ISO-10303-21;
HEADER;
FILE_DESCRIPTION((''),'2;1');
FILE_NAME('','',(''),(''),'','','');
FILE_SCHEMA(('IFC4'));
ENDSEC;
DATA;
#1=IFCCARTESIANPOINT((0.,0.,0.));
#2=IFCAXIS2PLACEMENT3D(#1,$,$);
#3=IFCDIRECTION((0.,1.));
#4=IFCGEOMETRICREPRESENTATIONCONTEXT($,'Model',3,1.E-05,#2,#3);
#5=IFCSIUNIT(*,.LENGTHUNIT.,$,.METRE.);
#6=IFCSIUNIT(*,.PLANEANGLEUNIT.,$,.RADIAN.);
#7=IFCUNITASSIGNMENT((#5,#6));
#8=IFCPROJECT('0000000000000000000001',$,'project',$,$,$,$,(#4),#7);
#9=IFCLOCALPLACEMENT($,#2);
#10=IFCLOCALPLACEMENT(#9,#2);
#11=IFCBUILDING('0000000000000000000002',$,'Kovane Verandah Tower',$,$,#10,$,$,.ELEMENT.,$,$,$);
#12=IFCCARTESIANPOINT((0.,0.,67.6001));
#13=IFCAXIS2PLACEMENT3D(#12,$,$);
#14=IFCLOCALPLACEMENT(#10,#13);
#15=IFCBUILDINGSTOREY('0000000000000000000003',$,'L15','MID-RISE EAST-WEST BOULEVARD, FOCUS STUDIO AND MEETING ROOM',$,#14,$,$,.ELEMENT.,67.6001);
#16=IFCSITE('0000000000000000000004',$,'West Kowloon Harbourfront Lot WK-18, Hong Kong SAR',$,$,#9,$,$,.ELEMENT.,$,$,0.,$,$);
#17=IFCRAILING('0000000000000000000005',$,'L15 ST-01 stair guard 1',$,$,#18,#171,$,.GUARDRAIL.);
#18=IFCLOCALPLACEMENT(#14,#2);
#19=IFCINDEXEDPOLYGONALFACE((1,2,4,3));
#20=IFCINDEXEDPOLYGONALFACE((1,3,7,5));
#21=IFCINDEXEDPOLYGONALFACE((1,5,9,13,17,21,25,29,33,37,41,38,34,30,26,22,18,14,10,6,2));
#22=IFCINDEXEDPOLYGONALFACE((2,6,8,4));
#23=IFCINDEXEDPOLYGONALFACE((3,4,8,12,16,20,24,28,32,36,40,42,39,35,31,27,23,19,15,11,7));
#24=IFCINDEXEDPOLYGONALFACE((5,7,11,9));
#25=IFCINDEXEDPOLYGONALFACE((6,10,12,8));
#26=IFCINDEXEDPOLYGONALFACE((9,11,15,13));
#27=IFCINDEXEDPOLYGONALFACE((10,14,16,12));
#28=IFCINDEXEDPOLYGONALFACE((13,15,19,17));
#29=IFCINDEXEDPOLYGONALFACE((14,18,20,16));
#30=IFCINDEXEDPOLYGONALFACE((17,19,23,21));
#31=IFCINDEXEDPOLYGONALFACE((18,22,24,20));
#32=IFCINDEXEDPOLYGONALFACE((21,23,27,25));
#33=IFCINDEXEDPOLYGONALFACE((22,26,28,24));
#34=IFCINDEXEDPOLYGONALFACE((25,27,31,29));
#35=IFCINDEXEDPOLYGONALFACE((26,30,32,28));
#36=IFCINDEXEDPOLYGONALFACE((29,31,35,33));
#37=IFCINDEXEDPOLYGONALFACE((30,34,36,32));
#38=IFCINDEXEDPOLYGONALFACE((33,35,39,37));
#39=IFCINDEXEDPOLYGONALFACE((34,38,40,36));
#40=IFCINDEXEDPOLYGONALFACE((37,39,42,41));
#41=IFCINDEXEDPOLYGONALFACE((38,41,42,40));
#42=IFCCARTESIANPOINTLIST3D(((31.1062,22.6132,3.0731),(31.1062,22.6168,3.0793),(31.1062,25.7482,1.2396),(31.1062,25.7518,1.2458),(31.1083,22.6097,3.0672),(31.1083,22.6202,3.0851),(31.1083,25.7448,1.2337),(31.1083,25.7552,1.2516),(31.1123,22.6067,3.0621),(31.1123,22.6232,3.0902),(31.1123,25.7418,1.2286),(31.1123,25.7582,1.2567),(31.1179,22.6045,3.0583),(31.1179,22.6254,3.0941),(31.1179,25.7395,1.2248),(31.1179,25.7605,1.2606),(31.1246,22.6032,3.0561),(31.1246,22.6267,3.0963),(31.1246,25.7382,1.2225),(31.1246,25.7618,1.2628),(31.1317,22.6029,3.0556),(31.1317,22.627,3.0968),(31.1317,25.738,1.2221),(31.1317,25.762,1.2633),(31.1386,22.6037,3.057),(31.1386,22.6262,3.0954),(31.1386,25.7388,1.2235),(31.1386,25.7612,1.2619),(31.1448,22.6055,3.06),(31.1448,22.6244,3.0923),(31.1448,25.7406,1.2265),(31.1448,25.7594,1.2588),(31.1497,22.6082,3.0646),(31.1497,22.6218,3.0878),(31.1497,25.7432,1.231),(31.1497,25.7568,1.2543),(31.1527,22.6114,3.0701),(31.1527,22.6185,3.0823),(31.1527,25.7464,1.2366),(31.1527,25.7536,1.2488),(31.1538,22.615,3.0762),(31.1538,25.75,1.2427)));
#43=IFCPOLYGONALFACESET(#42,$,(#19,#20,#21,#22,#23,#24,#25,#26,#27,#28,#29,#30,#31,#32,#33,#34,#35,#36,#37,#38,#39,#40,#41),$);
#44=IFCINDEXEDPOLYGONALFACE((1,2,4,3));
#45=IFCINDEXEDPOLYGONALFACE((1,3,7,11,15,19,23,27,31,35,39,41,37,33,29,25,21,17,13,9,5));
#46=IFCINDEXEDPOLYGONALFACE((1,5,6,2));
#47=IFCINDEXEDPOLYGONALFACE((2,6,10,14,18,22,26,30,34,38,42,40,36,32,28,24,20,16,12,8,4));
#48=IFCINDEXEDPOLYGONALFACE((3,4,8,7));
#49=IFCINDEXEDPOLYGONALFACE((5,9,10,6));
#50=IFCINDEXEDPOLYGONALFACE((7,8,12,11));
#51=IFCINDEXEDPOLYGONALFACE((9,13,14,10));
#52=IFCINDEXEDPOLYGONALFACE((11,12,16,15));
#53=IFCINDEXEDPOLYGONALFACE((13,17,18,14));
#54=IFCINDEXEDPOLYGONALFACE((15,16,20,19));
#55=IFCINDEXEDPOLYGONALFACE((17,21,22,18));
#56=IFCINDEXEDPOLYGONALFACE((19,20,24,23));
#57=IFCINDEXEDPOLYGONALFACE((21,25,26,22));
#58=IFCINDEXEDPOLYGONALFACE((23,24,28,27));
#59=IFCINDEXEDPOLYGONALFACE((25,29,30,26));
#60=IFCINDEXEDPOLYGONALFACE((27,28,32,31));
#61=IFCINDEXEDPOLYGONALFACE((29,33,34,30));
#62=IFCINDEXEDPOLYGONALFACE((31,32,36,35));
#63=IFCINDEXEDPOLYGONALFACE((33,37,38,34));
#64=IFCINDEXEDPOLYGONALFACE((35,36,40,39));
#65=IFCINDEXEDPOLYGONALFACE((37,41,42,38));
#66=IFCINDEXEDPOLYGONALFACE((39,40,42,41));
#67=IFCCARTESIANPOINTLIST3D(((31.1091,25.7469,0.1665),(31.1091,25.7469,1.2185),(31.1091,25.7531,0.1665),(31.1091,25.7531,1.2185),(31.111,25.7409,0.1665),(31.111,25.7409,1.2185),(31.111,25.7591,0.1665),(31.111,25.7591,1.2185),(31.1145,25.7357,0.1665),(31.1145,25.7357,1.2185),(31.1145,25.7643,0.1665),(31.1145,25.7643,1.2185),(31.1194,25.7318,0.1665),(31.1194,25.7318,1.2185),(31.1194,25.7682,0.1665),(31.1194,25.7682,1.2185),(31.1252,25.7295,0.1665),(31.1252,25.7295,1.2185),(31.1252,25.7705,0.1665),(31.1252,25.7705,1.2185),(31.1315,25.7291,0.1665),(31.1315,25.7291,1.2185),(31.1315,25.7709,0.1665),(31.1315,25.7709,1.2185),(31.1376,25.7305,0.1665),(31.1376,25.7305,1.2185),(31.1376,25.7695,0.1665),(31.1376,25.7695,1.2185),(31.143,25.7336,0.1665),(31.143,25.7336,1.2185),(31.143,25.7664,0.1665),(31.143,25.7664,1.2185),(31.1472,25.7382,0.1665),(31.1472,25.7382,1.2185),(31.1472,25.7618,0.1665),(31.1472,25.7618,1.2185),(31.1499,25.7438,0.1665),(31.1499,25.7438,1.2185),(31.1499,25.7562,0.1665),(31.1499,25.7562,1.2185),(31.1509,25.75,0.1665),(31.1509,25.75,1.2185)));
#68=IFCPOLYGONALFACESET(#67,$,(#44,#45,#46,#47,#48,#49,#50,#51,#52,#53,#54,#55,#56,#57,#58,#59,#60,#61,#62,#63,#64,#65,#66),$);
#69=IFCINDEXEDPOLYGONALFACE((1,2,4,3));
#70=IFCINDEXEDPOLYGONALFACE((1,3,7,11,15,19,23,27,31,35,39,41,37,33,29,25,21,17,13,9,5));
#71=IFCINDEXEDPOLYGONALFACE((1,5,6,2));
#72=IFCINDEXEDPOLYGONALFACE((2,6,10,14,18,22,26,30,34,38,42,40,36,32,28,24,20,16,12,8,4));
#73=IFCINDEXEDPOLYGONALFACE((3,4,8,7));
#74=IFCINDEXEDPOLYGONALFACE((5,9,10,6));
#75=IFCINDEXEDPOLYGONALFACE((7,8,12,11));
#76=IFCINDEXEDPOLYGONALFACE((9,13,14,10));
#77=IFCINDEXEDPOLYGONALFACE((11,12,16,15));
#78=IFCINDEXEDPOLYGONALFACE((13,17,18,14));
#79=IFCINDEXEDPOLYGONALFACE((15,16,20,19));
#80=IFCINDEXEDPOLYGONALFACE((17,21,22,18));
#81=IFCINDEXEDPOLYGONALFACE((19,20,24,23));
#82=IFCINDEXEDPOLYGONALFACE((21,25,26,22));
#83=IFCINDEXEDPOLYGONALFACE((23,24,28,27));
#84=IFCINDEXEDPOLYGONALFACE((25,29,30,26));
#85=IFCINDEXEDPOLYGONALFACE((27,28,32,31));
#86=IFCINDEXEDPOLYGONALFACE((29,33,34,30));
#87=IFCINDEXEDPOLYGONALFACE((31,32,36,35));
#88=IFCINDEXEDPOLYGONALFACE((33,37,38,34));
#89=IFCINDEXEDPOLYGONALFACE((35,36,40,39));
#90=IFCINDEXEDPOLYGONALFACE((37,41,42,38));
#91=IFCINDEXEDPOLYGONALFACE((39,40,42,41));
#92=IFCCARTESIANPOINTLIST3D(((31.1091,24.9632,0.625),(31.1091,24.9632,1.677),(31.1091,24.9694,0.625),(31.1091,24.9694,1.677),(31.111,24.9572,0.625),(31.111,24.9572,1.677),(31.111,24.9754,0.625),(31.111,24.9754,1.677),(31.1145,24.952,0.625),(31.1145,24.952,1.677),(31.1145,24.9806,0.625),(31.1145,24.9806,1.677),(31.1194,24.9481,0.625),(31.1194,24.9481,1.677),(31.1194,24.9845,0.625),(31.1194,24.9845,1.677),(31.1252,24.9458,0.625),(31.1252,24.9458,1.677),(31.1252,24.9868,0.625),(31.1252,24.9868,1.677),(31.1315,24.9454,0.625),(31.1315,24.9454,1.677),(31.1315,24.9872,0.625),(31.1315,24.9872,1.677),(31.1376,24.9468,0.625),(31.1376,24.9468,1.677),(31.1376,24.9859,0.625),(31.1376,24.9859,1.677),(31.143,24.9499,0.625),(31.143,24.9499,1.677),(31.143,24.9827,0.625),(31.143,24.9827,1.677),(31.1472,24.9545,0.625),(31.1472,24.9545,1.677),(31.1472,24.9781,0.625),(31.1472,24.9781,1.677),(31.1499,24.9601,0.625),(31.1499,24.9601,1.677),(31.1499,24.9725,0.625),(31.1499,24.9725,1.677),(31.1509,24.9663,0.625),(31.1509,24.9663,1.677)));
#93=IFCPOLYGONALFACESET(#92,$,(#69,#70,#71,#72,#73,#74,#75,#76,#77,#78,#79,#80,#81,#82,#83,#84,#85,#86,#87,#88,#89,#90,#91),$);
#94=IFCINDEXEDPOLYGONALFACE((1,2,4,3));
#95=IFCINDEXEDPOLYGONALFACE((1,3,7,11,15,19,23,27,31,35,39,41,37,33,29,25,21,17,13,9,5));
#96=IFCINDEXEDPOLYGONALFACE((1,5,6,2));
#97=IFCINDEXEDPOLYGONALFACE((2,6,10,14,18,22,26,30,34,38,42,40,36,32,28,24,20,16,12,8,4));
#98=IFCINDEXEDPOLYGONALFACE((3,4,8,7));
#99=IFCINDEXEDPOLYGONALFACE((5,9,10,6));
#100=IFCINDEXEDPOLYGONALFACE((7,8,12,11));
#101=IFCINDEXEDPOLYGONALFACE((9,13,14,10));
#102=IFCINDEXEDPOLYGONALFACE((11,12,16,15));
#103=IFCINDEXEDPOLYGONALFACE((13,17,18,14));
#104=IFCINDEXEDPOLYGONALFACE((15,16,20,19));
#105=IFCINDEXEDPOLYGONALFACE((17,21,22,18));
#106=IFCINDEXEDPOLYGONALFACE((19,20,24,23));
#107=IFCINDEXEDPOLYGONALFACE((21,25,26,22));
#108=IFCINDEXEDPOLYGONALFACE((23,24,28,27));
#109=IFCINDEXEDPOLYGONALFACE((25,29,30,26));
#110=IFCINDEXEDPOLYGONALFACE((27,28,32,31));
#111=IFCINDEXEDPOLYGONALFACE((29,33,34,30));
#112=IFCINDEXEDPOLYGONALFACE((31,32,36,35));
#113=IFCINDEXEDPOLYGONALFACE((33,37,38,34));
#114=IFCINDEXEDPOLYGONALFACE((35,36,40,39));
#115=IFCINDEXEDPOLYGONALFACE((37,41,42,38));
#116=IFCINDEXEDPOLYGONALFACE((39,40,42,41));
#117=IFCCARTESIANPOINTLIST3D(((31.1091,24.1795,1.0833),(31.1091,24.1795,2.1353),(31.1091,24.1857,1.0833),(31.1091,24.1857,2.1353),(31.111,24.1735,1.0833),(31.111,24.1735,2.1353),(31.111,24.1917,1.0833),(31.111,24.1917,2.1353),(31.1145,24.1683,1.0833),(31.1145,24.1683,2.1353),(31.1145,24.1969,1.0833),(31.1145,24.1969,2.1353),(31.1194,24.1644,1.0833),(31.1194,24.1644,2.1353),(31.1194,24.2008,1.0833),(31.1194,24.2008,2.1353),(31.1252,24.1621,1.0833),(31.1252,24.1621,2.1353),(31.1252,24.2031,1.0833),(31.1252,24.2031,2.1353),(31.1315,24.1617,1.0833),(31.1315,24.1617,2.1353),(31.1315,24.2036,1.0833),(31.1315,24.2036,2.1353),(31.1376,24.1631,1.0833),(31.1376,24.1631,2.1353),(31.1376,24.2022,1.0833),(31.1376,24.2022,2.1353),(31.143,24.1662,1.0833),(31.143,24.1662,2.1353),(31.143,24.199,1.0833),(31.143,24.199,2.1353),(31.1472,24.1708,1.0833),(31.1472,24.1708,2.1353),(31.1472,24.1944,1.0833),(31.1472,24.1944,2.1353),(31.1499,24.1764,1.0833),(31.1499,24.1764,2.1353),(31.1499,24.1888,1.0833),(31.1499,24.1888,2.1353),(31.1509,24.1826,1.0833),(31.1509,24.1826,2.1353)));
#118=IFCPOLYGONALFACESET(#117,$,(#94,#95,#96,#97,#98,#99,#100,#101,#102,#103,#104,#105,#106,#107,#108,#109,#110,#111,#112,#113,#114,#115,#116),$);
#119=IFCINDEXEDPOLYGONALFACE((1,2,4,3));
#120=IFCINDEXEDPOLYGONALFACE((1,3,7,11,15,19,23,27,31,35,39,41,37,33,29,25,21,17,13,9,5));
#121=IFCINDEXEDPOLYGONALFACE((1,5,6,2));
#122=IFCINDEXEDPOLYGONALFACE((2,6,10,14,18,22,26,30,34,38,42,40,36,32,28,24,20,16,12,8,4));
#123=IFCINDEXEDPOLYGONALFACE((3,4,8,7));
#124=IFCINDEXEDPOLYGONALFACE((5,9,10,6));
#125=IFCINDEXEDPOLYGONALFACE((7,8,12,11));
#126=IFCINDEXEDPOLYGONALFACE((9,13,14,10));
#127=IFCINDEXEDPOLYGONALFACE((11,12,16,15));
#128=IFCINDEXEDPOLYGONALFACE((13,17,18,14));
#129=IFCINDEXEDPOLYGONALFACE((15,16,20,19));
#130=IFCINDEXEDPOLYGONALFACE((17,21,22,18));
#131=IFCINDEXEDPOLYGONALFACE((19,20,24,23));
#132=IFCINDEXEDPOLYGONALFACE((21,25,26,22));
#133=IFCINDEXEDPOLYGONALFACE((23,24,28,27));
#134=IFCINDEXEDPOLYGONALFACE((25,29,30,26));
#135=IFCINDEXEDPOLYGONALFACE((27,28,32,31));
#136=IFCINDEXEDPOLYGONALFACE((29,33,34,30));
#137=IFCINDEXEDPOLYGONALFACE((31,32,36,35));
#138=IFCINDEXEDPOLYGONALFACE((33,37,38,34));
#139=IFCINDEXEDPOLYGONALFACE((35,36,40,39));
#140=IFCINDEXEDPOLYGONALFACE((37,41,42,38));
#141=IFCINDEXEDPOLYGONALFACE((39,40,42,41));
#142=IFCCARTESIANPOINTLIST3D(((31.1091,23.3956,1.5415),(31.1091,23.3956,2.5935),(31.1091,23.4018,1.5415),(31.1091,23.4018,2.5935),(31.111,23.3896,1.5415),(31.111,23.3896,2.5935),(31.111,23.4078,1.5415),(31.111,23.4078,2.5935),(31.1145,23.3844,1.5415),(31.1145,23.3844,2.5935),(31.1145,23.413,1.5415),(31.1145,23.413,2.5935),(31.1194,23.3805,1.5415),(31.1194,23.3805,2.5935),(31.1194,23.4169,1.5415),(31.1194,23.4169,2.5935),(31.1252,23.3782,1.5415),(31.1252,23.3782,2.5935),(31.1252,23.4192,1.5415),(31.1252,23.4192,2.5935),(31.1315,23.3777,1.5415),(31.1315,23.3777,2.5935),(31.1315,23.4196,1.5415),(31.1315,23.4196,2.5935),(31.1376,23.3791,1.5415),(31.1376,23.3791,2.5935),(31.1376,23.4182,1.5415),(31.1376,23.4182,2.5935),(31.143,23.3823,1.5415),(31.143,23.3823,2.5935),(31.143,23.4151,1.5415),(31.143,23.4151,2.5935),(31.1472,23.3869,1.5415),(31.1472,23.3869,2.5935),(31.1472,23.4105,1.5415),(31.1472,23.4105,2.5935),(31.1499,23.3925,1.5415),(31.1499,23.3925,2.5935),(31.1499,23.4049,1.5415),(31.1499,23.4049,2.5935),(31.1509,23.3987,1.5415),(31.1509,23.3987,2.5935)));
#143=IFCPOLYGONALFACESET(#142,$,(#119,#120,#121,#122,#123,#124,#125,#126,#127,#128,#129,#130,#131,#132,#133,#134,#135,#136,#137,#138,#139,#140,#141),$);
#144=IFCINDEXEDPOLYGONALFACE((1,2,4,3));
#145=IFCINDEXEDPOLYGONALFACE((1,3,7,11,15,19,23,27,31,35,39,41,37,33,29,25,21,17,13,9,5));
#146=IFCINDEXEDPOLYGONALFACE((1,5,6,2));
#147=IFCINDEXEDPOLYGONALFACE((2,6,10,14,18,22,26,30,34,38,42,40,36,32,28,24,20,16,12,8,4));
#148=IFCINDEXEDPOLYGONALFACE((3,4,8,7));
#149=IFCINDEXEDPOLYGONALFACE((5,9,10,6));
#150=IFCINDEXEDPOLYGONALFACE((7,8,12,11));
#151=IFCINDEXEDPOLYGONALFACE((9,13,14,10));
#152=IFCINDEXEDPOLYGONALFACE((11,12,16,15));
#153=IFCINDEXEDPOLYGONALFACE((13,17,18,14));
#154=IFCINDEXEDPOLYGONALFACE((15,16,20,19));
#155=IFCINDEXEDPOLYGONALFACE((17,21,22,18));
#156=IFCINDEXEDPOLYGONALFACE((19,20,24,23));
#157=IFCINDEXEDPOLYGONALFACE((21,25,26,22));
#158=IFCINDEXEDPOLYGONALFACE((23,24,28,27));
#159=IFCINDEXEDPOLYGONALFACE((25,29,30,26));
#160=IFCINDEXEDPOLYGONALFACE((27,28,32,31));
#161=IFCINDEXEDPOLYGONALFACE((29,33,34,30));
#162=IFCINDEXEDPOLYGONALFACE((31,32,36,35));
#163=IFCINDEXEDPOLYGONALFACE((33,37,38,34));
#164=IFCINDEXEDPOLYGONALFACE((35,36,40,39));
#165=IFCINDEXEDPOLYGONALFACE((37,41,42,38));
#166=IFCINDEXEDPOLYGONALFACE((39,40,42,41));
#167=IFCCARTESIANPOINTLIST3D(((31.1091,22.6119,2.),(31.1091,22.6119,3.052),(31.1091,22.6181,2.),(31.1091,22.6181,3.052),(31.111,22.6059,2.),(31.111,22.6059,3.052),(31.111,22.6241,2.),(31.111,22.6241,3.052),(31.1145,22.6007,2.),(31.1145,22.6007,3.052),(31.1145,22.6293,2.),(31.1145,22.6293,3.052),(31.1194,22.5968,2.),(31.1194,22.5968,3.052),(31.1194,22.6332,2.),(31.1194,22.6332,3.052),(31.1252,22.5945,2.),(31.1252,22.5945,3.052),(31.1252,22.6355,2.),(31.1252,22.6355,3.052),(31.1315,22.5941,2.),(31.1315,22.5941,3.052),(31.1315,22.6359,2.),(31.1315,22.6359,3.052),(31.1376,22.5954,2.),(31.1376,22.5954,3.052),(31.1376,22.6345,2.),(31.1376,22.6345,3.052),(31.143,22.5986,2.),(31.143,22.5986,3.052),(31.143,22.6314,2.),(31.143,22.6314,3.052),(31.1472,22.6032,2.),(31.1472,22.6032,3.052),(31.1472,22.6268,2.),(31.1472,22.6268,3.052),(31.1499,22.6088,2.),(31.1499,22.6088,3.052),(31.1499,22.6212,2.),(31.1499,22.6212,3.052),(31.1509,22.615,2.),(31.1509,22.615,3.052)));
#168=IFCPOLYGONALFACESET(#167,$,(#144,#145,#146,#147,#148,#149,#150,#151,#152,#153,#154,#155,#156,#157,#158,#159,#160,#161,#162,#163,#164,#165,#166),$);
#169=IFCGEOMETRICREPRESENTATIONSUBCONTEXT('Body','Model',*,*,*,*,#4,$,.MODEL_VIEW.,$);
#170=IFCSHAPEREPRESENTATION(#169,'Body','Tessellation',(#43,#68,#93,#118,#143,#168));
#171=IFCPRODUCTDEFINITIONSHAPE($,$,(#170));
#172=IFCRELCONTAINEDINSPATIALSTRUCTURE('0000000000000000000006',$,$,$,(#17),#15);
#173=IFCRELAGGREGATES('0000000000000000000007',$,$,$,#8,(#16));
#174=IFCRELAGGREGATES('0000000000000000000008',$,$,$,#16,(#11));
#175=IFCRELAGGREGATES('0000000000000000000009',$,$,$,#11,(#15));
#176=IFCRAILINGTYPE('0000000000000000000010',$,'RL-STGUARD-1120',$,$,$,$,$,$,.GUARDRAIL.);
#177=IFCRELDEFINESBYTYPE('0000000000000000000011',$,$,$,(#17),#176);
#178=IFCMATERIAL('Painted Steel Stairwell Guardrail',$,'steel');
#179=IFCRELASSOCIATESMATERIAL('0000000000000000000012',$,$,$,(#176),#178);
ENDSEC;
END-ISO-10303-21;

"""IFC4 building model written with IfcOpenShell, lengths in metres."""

from ifc_helpers import new_model, si_unit, direction, frame, origin, origin_2d, place, context, subcontext, project, spatial, circle, extrude, material, type_object, element, save


model = new_model("IFC4")

# Units and contexts
model_context = context("Model", 3, precision=1e-05, world=origin(), true_north=direction((0.0, 1.0)))
body_context = subcontext(model_context, "Body", "Model", "MODEL_VIEW")
ifc_project = project(units=[si_unit("LENGTHUNIT", "METRE"), si_unit("PLANEANGLEUNIT", "RADIAN")], contexts=[model_context])

# Site, building, storey
site_placement = place(None, origin())
site = spatial("IfcSite", under=ifc_project, at=site_placement, Name="West Kowloon Harbourfront Lot WK-18, Hong Kong SAR", CompositionType="ELEMENT", RefElevation=0.0)
building_placement = place(site_placement, origin())
building = spatial("IfcBuilding", under=site, at=building_placement, Name="Kovane Verandah Tower", CompositionType="ELEMENT")
storey_placement = place(building_placement, frame((0.0, 0.0, 67.6001)))
storey = spatial("IfcBuildingStorey", under=building, at=storey_placement, Name="L15", Description="MID-RISE EAST-WEST BOULEVARD, FOCUS STUDIO AND MEETING ROOM", CompositionType="ELEMENT", Elevation=67.6001)

# Railing
ifc_material_1 = material(Name="Painted Steel Stairwell Guardrail", Category="steel")
railing_type_1 = type_object("IfcRailingType", Name="RL-STGUARD-1120", PredefinedType="GUARDRAIL", material=ifc_material_1)
railing_1_placement = place(storey_placement, frame((31.1299, 25.75, 0.1665)))
element("IfcRailing", 1, at=railing_1_placement, inside=storey, type_object=railing_type_1, Name="L15 ST-01 stair guard 1", PredefinedType="GUARDRAIL", context=body_context, shape_type="SweptSolid", body=[
    extrude(circle(Radius=0.0239, at=origin_2d()), frame((0.0, 0.0, 1.0762), z_axis=(0.0, -0.86321, 0.504845), x_axis=(1.0, 0.0, 0.0)), (0.0, 0.0, 1.0), 3.6318),
    extrude(circle(Radius=0.021, at=origin_2d()), origin(), (0.0, 0.0, 1.0), 1.052),
    extrude(circle(Radius=0.021, at=origin_2d()), frame((0.0, -0.7837, 0.4585)), (0.0, 0.0, 1.0), 1.052),
    extrude(circle(Radius=0.021, at=origin_2d()), frame((0.0, -1.5674, 0.9167)), (0.0, 0.0, 1.0), 1.052),
    extrude(circle(Radius=0.021, at=origin_2d()), frame((0.0, -2.3513, 1.375)), (0.0, 0.0, 1.0), 1.052),
    extrude(circle(Radius=0.021, at=origin_2d()), frame((0.0, -3.135, 1.8335)), (0.0, 0.0, 1.0), 1.052),
])

save(model, "model.ifc")
